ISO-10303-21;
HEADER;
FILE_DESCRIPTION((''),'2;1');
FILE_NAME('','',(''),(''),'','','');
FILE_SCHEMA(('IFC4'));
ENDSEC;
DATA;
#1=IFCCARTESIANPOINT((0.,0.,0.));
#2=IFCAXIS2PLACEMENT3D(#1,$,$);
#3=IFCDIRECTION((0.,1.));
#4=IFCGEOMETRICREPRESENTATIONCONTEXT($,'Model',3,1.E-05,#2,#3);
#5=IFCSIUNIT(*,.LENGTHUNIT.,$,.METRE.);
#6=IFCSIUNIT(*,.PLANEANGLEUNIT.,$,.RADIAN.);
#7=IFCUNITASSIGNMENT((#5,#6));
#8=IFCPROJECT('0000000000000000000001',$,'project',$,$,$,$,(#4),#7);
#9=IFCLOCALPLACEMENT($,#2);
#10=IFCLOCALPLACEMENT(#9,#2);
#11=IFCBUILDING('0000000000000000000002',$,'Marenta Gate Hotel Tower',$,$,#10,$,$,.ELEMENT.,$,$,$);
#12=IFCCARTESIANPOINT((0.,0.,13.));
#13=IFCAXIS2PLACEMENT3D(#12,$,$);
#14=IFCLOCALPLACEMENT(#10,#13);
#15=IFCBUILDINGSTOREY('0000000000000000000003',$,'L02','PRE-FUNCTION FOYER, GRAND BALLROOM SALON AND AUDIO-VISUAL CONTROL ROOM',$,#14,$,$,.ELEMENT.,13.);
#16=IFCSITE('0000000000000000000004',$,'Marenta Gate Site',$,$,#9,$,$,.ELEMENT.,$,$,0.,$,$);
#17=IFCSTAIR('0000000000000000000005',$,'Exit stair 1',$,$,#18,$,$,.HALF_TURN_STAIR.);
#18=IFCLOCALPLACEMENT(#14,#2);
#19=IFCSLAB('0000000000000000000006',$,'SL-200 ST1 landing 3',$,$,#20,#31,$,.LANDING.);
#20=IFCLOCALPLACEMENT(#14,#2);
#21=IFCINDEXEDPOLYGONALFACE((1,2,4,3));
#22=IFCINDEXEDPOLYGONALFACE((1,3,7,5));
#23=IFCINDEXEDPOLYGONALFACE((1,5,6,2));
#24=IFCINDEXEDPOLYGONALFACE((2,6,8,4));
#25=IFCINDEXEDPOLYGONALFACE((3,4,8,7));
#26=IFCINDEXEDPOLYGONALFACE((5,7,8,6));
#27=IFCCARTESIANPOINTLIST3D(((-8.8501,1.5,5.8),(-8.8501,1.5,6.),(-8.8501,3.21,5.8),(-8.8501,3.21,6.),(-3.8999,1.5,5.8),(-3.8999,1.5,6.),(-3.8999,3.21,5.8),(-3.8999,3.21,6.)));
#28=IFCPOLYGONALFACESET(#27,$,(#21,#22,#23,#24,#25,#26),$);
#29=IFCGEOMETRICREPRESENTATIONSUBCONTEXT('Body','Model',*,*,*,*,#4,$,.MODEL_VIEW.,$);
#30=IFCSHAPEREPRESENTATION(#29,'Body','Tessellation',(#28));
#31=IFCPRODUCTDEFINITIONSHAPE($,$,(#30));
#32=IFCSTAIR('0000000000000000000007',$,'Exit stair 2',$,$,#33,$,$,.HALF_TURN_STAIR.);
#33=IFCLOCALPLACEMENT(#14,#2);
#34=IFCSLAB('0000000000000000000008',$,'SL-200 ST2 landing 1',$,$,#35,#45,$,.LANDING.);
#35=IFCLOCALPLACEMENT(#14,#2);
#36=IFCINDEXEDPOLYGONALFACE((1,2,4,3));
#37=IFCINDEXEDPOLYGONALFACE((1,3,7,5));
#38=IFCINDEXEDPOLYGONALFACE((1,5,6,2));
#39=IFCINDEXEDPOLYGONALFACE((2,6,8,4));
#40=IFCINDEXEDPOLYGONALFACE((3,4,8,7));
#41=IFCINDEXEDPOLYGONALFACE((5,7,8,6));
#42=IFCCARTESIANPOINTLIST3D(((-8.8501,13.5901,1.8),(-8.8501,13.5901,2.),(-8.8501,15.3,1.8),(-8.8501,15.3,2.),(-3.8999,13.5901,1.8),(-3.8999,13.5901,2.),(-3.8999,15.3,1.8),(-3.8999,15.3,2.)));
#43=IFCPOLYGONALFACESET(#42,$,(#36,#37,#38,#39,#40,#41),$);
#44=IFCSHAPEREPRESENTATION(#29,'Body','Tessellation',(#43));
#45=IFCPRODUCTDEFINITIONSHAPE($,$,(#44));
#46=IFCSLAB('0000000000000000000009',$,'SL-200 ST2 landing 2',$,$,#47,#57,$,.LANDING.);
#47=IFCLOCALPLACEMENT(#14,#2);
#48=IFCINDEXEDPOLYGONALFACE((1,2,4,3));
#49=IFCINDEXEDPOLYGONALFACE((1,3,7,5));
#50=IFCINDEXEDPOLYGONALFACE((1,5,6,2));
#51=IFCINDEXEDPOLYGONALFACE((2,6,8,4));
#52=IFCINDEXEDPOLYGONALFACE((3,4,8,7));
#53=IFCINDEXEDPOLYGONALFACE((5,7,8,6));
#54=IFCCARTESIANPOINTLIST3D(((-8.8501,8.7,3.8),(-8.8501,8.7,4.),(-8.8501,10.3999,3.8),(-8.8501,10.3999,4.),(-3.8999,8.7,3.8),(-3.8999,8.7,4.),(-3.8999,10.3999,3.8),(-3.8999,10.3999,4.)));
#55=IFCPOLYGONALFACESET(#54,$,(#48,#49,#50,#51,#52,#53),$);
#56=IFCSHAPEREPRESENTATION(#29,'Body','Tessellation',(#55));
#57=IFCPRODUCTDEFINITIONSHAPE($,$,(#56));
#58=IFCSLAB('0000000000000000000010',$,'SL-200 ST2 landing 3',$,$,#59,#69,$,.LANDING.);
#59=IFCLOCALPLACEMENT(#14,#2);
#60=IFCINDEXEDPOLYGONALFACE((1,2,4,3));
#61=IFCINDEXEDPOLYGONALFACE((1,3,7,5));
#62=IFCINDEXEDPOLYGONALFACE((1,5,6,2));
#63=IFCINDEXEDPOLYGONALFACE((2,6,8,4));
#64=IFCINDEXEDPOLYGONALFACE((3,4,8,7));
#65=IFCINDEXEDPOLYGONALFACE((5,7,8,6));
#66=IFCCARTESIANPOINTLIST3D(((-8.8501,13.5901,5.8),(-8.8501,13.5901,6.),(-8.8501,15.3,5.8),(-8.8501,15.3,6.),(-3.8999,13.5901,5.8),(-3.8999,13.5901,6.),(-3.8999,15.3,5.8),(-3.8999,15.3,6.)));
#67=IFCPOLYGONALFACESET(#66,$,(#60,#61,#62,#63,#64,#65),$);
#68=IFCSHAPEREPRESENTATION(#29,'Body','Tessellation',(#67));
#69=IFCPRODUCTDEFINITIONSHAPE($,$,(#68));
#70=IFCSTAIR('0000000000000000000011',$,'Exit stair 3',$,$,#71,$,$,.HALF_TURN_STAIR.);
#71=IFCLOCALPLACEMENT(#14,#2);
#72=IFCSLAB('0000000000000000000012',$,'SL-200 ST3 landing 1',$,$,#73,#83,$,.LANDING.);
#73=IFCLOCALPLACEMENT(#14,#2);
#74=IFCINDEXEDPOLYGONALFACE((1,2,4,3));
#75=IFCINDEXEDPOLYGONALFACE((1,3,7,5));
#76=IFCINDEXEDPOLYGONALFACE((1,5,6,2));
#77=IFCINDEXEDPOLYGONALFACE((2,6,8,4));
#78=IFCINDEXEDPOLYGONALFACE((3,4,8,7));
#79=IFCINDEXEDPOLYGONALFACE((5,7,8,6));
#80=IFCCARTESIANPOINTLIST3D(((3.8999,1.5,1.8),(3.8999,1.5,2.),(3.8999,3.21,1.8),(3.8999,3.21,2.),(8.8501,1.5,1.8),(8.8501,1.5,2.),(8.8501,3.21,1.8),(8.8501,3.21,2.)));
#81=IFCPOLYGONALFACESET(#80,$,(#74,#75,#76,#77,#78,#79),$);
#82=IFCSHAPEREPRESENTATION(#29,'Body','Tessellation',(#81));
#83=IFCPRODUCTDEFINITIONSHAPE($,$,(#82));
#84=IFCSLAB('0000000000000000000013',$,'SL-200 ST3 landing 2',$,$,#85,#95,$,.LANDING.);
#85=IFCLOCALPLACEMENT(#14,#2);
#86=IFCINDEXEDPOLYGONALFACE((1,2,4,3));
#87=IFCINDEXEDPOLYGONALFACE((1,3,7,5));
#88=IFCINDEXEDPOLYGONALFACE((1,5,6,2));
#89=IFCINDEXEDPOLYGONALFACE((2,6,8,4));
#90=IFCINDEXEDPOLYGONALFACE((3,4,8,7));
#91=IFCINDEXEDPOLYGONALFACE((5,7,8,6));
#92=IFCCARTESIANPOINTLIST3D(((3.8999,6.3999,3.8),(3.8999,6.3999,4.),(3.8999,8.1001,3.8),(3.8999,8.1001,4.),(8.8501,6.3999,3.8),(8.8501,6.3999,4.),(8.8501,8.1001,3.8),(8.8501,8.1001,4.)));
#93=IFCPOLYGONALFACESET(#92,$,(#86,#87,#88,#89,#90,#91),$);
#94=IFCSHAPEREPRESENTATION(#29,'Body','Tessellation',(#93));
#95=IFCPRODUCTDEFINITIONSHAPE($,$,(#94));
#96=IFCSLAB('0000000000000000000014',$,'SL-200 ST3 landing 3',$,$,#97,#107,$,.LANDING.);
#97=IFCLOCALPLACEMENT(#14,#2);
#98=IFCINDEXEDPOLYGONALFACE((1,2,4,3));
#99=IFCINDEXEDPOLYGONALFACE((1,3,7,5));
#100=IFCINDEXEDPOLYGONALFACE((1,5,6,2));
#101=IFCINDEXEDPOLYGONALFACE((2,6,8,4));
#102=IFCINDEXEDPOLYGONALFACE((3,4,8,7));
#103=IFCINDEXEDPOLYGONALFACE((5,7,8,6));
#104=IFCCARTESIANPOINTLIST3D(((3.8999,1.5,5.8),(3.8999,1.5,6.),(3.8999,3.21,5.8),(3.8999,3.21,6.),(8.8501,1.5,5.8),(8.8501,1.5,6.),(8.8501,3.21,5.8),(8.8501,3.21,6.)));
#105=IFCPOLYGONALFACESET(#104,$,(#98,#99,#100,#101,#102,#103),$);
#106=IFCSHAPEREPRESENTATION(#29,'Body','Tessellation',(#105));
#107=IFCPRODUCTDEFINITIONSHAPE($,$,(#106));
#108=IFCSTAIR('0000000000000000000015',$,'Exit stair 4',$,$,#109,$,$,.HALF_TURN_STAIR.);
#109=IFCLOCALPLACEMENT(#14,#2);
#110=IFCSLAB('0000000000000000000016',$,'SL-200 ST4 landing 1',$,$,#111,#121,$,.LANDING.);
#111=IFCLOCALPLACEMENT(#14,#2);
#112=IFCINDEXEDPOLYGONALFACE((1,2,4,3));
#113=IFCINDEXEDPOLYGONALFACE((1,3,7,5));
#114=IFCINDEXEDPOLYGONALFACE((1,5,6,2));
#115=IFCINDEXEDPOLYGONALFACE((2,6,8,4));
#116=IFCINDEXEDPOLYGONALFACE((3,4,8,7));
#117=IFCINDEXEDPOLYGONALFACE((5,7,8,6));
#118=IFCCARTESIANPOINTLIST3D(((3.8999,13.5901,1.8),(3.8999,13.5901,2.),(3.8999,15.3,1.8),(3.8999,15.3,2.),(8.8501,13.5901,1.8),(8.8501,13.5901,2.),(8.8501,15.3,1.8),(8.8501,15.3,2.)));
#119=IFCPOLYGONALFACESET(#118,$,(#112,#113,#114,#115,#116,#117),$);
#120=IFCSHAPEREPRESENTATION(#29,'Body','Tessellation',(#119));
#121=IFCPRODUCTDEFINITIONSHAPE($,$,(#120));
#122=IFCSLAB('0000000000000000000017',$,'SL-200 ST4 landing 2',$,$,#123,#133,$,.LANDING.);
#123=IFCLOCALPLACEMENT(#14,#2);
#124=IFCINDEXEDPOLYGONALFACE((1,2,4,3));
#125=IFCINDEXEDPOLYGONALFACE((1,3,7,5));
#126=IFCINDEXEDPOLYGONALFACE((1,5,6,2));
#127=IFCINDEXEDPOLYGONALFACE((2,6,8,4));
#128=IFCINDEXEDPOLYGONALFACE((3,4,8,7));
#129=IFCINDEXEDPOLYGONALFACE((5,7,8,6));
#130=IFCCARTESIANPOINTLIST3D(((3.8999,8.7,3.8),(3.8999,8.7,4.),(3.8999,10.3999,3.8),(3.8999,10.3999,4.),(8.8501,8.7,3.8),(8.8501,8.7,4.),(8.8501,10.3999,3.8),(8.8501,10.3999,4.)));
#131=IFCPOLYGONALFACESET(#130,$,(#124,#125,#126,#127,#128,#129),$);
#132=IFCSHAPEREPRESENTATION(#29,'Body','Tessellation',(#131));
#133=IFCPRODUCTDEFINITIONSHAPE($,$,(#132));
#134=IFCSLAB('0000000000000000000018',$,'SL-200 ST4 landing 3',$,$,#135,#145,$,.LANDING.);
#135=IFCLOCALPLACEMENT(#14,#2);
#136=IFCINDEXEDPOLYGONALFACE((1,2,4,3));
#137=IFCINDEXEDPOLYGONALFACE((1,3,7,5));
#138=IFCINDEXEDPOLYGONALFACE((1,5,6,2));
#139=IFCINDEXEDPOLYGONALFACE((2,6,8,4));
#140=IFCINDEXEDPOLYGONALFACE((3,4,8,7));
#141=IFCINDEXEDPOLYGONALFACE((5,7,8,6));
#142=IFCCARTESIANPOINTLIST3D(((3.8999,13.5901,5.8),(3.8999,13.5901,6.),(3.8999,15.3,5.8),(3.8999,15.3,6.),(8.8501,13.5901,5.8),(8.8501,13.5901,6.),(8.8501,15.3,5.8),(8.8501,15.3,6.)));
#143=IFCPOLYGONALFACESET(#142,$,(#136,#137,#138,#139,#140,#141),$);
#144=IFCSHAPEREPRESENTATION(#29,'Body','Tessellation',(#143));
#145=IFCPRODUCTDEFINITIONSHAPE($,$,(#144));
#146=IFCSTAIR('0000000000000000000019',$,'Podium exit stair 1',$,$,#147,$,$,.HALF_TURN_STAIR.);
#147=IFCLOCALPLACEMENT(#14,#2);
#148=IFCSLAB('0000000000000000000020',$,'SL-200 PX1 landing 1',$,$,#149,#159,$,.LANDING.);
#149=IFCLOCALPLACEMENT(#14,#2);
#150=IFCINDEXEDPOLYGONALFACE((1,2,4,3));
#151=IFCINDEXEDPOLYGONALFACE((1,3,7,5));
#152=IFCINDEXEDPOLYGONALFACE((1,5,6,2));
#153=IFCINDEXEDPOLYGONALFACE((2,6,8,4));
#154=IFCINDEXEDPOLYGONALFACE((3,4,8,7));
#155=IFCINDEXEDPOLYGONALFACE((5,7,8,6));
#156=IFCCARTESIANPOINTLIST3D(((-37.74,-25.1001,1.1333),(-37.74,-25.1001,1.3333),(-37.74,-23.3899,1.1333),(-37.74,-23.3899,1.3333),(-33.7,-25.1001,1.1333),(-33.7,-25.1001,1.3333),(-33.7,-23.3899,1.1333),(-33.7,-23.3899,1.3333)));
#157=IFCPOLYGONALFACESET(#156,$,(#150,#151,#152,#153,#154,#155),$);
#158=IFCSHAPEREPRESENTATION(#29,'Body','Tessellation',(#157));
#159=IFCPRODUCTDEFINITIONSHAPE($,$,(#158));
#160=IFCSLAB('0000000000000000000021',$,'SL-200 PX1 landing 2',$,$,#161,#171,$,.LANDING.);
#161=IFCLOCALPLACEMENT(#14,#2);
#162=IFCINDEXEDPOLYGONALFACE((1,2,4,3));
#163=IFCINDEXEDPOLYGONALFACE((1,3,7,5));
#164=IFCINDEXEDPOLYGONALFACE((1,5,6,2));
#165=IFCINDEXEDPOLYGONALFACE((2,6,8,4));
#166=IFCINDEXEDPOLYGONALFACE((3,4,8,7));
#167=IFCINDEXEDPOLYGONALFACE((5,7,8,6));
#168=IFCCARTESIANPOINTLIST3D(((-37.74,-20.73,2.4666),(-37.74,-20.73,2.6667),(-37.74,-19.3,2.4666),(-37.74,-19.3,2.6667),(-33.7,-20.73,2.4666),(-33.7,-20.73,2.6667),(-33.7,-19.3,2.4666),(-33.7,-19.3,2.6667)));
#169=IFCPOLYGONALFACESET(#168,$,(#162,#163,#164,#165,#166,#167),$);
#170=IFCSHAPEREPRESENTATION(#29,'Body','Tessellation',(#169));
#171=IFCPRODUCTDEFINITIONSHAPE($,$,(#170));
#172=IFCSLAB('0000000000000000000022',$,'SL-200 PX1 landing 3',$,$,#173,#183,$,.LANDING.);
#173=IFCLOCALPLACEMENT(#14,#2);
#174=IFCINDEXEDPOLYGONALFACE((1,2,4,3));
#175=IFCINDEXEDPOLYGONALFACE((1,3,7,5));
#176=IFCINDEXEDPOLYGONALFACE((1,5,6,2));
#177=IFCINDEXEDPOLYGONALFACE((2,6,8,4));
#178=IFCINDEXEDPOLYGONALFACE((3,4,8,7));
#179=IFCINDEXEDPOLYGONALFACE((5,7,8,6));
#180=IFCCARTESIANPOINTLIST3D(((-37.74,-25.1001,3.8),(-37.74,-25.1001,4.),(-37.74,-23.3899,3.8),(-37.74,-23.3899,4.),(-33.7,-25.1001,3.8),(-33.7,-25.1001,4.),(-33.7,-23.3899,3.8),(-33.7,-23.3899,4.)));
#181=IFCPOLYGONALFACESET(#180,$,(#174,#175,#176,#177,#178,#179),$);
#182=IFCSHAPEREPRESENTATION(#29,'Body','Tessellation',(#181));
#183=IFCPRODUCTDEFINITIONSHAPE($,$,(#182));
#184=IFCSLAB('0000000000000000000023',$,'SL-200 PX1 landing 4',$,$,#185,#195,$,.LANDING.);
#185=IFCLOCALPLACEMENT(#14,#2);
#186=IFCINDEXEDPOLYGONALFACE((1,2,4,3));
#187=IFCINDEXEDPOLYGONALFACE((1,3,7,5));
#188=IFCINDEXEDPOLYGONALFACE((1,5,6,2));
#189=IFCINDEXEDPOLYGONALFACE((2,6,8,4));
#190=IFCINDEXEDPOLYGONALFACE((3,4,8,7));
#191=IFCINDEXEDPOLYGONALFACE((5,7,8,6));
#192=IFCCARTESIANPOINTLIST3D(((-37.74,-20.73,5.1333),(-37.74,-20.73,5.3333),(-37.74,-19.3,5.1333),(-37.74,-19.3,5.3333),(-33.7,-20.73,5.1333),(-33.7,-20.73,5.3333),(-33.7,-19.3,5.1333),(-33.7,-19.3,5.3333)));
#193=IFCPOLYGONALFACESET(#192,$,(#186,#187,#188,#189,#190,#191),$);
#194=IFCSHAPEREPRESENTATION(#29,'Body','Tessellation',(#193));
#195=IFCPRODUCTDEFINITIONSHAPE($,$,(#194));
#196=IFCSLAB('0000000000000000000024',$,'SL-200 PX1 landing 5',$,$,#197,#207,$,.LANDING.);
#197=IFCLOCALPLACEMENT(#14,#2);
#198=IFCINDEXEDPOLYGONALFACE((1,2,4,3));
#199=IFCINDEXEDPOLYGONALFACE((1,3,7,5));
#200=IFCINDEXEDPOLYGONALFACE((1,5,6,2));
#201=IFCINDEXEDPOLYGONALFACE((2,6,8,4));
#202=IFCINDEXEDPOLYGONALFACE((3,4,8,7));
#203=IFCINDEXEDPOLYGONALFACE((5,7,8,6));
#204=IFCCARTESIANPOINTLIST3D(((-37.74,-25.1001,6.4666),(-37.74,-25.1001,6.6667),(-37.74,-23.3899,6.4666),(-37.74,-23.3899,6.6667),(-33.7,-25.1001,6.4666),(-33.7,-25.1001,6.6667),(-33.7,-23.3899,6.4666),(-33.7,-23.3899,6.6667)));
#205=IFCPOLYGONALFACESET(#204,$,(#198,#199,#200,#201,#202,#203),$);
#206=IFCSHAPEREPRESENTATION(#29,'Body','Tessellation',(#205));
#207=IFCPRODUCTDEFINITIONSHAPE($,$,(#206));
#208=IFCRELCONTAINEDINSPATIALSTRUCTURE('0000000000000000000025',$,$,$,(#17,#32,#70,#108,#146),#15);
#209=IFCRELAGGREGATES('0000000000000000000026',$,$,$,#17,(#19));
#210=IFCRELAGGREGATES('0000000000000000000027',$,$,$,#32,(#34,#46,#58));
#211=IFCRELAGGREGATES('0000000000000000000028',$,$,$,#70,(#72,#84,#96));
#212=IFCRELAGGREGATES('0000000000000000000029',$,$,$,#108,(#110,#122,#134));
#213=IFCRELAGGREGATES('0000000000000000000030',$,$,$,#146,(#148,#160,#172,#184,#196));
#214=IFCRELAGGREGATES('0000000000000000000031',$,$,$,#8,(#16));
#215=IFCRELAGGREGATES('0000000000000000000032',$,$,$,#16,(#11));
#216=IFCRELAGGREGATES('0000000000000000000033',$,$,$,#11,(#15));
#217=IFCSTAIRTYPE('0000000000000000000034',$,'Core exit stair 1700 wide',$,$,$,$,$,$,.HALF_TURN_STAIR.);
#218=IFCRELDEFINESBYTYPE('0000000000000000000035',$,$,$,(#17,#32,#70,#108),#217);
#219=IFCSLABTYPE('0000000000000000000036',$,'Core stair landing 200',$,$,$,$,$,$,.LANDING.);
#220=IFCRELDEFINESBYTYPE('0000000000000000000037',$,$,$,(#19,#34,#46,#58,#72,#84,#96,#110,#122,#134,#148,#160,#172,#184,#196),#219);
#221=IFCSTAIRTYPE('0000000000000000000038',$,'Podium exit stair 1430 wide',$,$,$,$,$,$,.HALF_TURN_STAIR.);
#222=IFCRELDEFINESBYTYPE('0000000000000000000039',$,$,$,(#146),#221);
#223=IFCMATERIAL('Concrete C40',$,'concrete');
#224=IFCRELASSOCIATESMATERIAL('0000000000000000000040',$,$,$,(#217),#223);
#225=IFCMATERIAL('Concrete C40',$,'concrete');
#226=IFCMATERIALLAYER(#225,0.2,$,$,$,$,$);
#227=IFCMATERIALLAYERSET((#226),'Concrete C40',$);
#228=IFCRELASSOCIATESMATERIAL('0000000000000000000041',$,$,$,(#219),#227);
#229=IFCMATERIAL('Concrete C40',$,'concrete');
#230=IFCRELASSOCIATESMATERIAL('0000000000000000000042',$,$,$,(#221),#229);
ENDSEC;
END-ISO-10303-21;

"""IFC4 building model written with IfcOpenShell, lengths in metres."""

from ifc_helpers import new_model, si_unit, direction, frame, origin, place, context, subcontext, project, spatial, polyline, outline, extrude, material, layer, layer_set, type_object, element, aggregate, save


model = new_model("IFC4")

# Units and contexts
model_context = context("Model", 3, precision=1e-05, world=origin(), true_north=direction((0.0, 1.0)))
body_context = subcontext(model_context, "Body", "Model", "MODEL_VIEW")
ifc_project = project(units=[si_unit("LENGTHUNIT", "METRE"), si_unit("PLANEANGLEUNIT", "RADIAN")], contexts=[model_context])

# Site, building, storey
site_placement = place(None, origin())
site = spatial("IfcSite", under=ifc_project, at=site_placement, Name="Marenta Gate Site", CompositionType="ELEMENT", RefElevation=0.0)
building_placement = place(site_placement, origin())
building = spatial("IfcBuilding", under=site, at=building_placement, Name="Marenta Gate Hotel Tower", CompositionType="ELEMENT")
storey_placement = place(building_placement, frame((0.0, 0.0, 13.0)))
storey = spatial("IfcBuildingStorey", under=building, at=storey_placement, Name="L02", Description="PRE-FUNCTION FOYER, GRAND BALLROOM SALON AND AUDIO-VISUAL CONTROL ROOM", CompositionType="ELEMENT", Elevation=13.0)

# Stair, slab
ifc_material_1 = material(Name="Concrete C40", Category="concrete")
stair_type_1 = type_object("IfcStairType", Name="Core exit stair 1700 wide", PredefinedType="HALF_TURN_STAIR", material=ifc_material_1)
stair_1_placement = place(storey_placement, origin())
stair_1 = element("IfcStair", 1, at=stair_1_placement, inside=storey, type_object=stair_type_1, Name="Exit stair 1", PredefinedType="HALF_TURN_STAIR")
ifc_material_2 = material(Name="Concrete C40", Category="concrete")
ifc_layer = layer(ifc_material_2, 0.2)
ifc_layer_set = layer_set([ifc_layer], Name="Concrete C40")
slab_type = type_object("IfcSlabType", Name="Core stair landing 200", PredefinedType="LANDING", material=ifc_layer_set)
slab_1_placement = place(storey_placement, frame((0.0, 0.0, 5.8)))
slab_1 = element("IfcSlab", 2, at=slab_1_placement, type_object=slab_type, Name="SL-200 ST1 landing 3", PredefinedType="LANDING", context=body_context, shape_type="SweptSolid", body=[
    extrude(outline(polyline([(-8.8501, 1.5), (-3.8999, 1.5), (-3.8999, 3.21), (-8.8501, 3.21), (-8.8501, 1.5)])), origin(), (0.0, 0.0, 1.0), 0.2),
])
aggregate(stair_1, [slab_1])

# Stairs, slabs
stair_2_placement = place(storey_placement, origin())
stair_2 = element("IfcStair", 3, at=stair_2_placement, inside=storey, type_object=stair_type_1, Name="Exit stair 2", PredefinedType="HALF_TURN_STAIR")
slab_2_placement = place(storey_placement, frame((0.0, 0.0, 1.8)))
slab_2 = element("IfcSlab", 4, at=slab_2_placement, type_object=slab_type, Name="SL-200 ST2 landing 1", PredefinedType="LANDING", context=body_context, shape_type="SweptSolid", body=[
    extrude(outline(polyline([(-8.8501, 13.5901), (-3.8999, 13.5901), (-3.8999, 15.3), (-8.8501, 15.3), (-8.8501, 13.5901)])), origin(), (0.0, 0.0, 1.0), 0.2),
])
slab_3_placement = place(storey_placement, frame((0.0, 0.0, 3.8)))
slab_3 = element("IfcSlab", 5, at=slab_3_placement, type_object=slab_type, Name="SL-200 ST2 landing 2", PredefinedType="LANDING", context=body_context, shape_type="SweptSolid", body=[
    extrude(outline(polyline([(-8.8501, 8.7), (-3.8999, 8.7), (-3.8999, 10.3999), (-8.8501, 10.3999), (-8.8501, 8.7)])), origin(), (0.0, 0.0, 1.0), 0.2),
])
slab_4_placement = place(storey_placement, frame((0.0, 0.0, 5.8)))
slab_4 = element("IfcSlab", 6, at=slab_4_placement, type_object=slab_type, Name="SL-200 ST2 landing 3", PredefinedType="LANDING", context=body_context, shape_type="SweptSolid", body=[
    extrude(outline(polyline([(-8.8501, 13.5901), (-3.8999, 13.5901), (-3.8999, 15.3), (-8.8501, 15.3), (-8.8501, 13.5901)])), origin(), (0.0, 0.0, 1.0), 0.2),
])
aggregate(stair_2, [slab_2, slab_3, slab_4])
stair_3_placement = place(storey_placement, origin())
stair_3 = element("IfcStair", 7, at=stair_3_placement, inside=storey, type_object=stair_type_1, Name="Exit stair 3", PredefinedType="HALF_TURN_STAIR")
slab_5_placement = place(storey_placement, frame((0.0, 0.0, 1.8)))
slab_5 = element("IfcSlab", 8, at=slab_5_placement, type_object=slab_type, Name="SL-200 ST3 landing 1", PredefinedType="LANDING", context=body_context, shape_type="SweptSolid", body=[
    extrude(outline(polyline([(3.8999, 1.5), (8.8501, 1.5), (8.8501, 3.21), (3.8999, 3.21), (3.8999, 1.5)])), origin(), (0.0, 0.0, 1.0), 0.2),
])
slab_6_placement = place(storey_placement, frame((0.0, 0.0, 3.8)))
slab_6 = element("IfcSlab", 9, at=slab_6_placement, type_object=slab_type, Name="SL-200 ST3 landing 2", PredefinedType="LANDING", context=body_context, shape_type="SweptSolid", body=[
    extrude(outline(polyline([(3.8999, 6.3999), (8.8501, 6.3999), (8.8501, 8.1001), (3.8999, 8.1001), (3.8999, 6.3999)])), origin(), (0.0, 0.0, 1.0), 0.2),
])
slab_7_placement = place(storey_placement, frame((0.0, 0.0, 5.8)))
slab_7 = element("IfcSlab", 10, at=slab_7_placement, type_object=slab_type, Name="SL-200 ST3 landing 3", PredefinedType="LANDING", context=body_context, shape_type="SweptSolid", body=[
    extrude(outline(polyline([(3.8999, 1.5), (8.8501, 1.5), (8.8501, 3.21), (3.8999, 3.21), (3.8999, 1.5)])), origin(), (0.0, 0.0, 1.0), 0.2),
])
aggregate(stair_3, [slab_5, slab_6, slab_7])
stair_4_placement = place(storey_placement, origin())
stair_4 = element("IfcStair", 11, at=stair_4_placement, inside=storey, type_object=stair_type_1, Name="Exit stair 4", PredefinedType="HALF_TURN_STAIR")
slab_8_placement = place(storey_placement, frame((0.0, 0.0, 1.8)))
slab_8 = element("IfcSlab", 12, at=slab_8_placement, type_object=slab_type, Name="SL-200 ST4 landing 1", PredefinedType="LANDING", context=body_context, shape_type="SweptSolid", body=[
    extrude(outline(polyline([(3.8999, 13.5901), (8.8501, 13.5901), (8.8501, 15.3), (3.8999, 15.3), (3.8999, 13.5901)])), origin(), (0.0, 0.0, 1.0), 0.2),
])
slab_9_placement = place(storey_placement, frame((0.0, 0.0, 3.8)))
slab_9 = element("IfcSlab", 13, at=slab_9_placement, type_object=slab_type, Name="SL-200 ST4 landing 2", PredefinedType="LANDING", context=body_context, shape_type="SweptSolid", body=[
    extrude(outline(polyline([(3.8999, 8.7), (8.8501, 8.7), (8.8501, 10.3999), (3.8999, 10.3999), (3.8999, 8.7)])), origin(), (0.0, 0.0, 1.0), 0.2),
])
slab_10_placement = place(storey_placement, frame((0.0, 0.0, 5.8)))
slab_10 = element("IfcSlab", 14, at=slab_10_placement, type_object=slab_type, Name="SL-200 ST4 landing 3", PredefinedType="LANDING", context=body_context, shape_type="SweptSolid", body=[
    extrude(outline(polyline([(3.8999, 13.5901), (8.8501, 13.5901), (8.8501, 15.3), (3.8999, 15.3), (3.8999, 13.5901)])), origin(), (0.0, 0.0, 1.0), 0.2),
])
aggregate(stair_4, [slab_8, slab_9, slab_10])
ifc_material_3 = material(Name="Concrete C40", Category="concrete")
stair_type_2 = type_object("IfcStairType", Name="Podium exit stair 1430 wide", PredefinedType="HALF_TURN_STAIR", material=ifc_material_3)
stair_5_placement = place(storey_placement, origin())
stair_5 = element("IfcStair", 15, at=stair_5_placement, inside=storey, type_object=stair_type_2, Name="Podium exit stair 1", PredefinedType="HALF_TURN_STAIR")
slab_11_placement = place(storey_placement, frame((0.0, 0.0, 1.1333)))
slab_11 = element("IfcSlab", 16, at=slab_11_placement, type_object=slab_type, Name="SL-200 PX1 landing 1", PredefinedType="LANDING", context=body_context, shape_type="SweptSolid", body=[
    extrude(outline(polyline([(-37.74, -25.1001), (-33.7, -25.1001), (-33.7, -23.3899), (-37.74, -23.3899), (-37.74, -25.1001)])), origin(), (0.0, 0.0, 1.0), 0.2),
])
slab_12_placement = place(storey_placement, frame((0.0, 0.0, 2.4666)))
slab_12 = element("IfcSlab", 17, at=slab_12_placement, type_object=slab_type, Name="SL-200 PX1 landing 2", PredefinedType="LANDING", context=body_context, shape_type="SweptSolid", body=[
    extrude(outline(polyline([(-37.74, -20.73), (-33.7, -20.73), (-33.7, -19.3), (-37.74, -19.3), (-37.74, -20.73)])), origin(), (0.0, 0.0, 1.0), 0.2002),
])
slab_13_placement = place(storey_placement, frame((0.0, 0.0, 3.8)))
slab_13 = element("IfcSlab", 18, at=slab_13_placement, type_object=slab_type, Name="SL-200 PX1 landing 3", PredefinedType="LANDING", context=body_context, shape_type="SweptSolid", body=[
    extrude(outline(polyline([(-37.74, -25.1001), (-33.7, -25.1001), (-33.7, -23.3899), (-37.74, -23.3899), (-37.74, -25.1001)])), origin(), (0.0, 0.0, 1.0), 0.2),
])
slab_14_placement = place(storey_placement, frame((0.0, 0.0, 5.1333)))
slab_14 = element("IfcSlab", 19, at=slab_14_placement, type_object=slab_type, Name="SL-200 PX1 landing 4", PredefinedType="LANDING", context=body_context, shape_type="SweptSolid", body=[
    extrude(outline(polyline([(-37.74, -20.73), (-33.7, -20.73), (-33.7, -19.3), (-37.74, -19.3), (-37.74, -20.73)])), origin(), (0.0, 0.0, 1.0), 0.2),
])
slab_15_placement = place(storey_placement, frame((0.0, 0.0, 6.4666)))
slab_15 = element("IfcSlab", 20, at=slab_15_placement, type_object=slab_type, Name="SL-200 PX1 landing 5", PredefinedType="LANDING", context=body_context, shape_type="SweptSolid", body=[
    extrude(outline(polyline([(-37.74, -25.1001), (-33.7, -25.1001), (-33.7, -23.3899), (-37.74, -23.3899), (-37.74, -25.1001)])), origin(), (0.0, 0.0, 1.0), 0.2002),
])
aggregate(stair_5, [slab_11, slab_12, slab_13, slab_14, slab_15])

save(model, "model.ifc")
